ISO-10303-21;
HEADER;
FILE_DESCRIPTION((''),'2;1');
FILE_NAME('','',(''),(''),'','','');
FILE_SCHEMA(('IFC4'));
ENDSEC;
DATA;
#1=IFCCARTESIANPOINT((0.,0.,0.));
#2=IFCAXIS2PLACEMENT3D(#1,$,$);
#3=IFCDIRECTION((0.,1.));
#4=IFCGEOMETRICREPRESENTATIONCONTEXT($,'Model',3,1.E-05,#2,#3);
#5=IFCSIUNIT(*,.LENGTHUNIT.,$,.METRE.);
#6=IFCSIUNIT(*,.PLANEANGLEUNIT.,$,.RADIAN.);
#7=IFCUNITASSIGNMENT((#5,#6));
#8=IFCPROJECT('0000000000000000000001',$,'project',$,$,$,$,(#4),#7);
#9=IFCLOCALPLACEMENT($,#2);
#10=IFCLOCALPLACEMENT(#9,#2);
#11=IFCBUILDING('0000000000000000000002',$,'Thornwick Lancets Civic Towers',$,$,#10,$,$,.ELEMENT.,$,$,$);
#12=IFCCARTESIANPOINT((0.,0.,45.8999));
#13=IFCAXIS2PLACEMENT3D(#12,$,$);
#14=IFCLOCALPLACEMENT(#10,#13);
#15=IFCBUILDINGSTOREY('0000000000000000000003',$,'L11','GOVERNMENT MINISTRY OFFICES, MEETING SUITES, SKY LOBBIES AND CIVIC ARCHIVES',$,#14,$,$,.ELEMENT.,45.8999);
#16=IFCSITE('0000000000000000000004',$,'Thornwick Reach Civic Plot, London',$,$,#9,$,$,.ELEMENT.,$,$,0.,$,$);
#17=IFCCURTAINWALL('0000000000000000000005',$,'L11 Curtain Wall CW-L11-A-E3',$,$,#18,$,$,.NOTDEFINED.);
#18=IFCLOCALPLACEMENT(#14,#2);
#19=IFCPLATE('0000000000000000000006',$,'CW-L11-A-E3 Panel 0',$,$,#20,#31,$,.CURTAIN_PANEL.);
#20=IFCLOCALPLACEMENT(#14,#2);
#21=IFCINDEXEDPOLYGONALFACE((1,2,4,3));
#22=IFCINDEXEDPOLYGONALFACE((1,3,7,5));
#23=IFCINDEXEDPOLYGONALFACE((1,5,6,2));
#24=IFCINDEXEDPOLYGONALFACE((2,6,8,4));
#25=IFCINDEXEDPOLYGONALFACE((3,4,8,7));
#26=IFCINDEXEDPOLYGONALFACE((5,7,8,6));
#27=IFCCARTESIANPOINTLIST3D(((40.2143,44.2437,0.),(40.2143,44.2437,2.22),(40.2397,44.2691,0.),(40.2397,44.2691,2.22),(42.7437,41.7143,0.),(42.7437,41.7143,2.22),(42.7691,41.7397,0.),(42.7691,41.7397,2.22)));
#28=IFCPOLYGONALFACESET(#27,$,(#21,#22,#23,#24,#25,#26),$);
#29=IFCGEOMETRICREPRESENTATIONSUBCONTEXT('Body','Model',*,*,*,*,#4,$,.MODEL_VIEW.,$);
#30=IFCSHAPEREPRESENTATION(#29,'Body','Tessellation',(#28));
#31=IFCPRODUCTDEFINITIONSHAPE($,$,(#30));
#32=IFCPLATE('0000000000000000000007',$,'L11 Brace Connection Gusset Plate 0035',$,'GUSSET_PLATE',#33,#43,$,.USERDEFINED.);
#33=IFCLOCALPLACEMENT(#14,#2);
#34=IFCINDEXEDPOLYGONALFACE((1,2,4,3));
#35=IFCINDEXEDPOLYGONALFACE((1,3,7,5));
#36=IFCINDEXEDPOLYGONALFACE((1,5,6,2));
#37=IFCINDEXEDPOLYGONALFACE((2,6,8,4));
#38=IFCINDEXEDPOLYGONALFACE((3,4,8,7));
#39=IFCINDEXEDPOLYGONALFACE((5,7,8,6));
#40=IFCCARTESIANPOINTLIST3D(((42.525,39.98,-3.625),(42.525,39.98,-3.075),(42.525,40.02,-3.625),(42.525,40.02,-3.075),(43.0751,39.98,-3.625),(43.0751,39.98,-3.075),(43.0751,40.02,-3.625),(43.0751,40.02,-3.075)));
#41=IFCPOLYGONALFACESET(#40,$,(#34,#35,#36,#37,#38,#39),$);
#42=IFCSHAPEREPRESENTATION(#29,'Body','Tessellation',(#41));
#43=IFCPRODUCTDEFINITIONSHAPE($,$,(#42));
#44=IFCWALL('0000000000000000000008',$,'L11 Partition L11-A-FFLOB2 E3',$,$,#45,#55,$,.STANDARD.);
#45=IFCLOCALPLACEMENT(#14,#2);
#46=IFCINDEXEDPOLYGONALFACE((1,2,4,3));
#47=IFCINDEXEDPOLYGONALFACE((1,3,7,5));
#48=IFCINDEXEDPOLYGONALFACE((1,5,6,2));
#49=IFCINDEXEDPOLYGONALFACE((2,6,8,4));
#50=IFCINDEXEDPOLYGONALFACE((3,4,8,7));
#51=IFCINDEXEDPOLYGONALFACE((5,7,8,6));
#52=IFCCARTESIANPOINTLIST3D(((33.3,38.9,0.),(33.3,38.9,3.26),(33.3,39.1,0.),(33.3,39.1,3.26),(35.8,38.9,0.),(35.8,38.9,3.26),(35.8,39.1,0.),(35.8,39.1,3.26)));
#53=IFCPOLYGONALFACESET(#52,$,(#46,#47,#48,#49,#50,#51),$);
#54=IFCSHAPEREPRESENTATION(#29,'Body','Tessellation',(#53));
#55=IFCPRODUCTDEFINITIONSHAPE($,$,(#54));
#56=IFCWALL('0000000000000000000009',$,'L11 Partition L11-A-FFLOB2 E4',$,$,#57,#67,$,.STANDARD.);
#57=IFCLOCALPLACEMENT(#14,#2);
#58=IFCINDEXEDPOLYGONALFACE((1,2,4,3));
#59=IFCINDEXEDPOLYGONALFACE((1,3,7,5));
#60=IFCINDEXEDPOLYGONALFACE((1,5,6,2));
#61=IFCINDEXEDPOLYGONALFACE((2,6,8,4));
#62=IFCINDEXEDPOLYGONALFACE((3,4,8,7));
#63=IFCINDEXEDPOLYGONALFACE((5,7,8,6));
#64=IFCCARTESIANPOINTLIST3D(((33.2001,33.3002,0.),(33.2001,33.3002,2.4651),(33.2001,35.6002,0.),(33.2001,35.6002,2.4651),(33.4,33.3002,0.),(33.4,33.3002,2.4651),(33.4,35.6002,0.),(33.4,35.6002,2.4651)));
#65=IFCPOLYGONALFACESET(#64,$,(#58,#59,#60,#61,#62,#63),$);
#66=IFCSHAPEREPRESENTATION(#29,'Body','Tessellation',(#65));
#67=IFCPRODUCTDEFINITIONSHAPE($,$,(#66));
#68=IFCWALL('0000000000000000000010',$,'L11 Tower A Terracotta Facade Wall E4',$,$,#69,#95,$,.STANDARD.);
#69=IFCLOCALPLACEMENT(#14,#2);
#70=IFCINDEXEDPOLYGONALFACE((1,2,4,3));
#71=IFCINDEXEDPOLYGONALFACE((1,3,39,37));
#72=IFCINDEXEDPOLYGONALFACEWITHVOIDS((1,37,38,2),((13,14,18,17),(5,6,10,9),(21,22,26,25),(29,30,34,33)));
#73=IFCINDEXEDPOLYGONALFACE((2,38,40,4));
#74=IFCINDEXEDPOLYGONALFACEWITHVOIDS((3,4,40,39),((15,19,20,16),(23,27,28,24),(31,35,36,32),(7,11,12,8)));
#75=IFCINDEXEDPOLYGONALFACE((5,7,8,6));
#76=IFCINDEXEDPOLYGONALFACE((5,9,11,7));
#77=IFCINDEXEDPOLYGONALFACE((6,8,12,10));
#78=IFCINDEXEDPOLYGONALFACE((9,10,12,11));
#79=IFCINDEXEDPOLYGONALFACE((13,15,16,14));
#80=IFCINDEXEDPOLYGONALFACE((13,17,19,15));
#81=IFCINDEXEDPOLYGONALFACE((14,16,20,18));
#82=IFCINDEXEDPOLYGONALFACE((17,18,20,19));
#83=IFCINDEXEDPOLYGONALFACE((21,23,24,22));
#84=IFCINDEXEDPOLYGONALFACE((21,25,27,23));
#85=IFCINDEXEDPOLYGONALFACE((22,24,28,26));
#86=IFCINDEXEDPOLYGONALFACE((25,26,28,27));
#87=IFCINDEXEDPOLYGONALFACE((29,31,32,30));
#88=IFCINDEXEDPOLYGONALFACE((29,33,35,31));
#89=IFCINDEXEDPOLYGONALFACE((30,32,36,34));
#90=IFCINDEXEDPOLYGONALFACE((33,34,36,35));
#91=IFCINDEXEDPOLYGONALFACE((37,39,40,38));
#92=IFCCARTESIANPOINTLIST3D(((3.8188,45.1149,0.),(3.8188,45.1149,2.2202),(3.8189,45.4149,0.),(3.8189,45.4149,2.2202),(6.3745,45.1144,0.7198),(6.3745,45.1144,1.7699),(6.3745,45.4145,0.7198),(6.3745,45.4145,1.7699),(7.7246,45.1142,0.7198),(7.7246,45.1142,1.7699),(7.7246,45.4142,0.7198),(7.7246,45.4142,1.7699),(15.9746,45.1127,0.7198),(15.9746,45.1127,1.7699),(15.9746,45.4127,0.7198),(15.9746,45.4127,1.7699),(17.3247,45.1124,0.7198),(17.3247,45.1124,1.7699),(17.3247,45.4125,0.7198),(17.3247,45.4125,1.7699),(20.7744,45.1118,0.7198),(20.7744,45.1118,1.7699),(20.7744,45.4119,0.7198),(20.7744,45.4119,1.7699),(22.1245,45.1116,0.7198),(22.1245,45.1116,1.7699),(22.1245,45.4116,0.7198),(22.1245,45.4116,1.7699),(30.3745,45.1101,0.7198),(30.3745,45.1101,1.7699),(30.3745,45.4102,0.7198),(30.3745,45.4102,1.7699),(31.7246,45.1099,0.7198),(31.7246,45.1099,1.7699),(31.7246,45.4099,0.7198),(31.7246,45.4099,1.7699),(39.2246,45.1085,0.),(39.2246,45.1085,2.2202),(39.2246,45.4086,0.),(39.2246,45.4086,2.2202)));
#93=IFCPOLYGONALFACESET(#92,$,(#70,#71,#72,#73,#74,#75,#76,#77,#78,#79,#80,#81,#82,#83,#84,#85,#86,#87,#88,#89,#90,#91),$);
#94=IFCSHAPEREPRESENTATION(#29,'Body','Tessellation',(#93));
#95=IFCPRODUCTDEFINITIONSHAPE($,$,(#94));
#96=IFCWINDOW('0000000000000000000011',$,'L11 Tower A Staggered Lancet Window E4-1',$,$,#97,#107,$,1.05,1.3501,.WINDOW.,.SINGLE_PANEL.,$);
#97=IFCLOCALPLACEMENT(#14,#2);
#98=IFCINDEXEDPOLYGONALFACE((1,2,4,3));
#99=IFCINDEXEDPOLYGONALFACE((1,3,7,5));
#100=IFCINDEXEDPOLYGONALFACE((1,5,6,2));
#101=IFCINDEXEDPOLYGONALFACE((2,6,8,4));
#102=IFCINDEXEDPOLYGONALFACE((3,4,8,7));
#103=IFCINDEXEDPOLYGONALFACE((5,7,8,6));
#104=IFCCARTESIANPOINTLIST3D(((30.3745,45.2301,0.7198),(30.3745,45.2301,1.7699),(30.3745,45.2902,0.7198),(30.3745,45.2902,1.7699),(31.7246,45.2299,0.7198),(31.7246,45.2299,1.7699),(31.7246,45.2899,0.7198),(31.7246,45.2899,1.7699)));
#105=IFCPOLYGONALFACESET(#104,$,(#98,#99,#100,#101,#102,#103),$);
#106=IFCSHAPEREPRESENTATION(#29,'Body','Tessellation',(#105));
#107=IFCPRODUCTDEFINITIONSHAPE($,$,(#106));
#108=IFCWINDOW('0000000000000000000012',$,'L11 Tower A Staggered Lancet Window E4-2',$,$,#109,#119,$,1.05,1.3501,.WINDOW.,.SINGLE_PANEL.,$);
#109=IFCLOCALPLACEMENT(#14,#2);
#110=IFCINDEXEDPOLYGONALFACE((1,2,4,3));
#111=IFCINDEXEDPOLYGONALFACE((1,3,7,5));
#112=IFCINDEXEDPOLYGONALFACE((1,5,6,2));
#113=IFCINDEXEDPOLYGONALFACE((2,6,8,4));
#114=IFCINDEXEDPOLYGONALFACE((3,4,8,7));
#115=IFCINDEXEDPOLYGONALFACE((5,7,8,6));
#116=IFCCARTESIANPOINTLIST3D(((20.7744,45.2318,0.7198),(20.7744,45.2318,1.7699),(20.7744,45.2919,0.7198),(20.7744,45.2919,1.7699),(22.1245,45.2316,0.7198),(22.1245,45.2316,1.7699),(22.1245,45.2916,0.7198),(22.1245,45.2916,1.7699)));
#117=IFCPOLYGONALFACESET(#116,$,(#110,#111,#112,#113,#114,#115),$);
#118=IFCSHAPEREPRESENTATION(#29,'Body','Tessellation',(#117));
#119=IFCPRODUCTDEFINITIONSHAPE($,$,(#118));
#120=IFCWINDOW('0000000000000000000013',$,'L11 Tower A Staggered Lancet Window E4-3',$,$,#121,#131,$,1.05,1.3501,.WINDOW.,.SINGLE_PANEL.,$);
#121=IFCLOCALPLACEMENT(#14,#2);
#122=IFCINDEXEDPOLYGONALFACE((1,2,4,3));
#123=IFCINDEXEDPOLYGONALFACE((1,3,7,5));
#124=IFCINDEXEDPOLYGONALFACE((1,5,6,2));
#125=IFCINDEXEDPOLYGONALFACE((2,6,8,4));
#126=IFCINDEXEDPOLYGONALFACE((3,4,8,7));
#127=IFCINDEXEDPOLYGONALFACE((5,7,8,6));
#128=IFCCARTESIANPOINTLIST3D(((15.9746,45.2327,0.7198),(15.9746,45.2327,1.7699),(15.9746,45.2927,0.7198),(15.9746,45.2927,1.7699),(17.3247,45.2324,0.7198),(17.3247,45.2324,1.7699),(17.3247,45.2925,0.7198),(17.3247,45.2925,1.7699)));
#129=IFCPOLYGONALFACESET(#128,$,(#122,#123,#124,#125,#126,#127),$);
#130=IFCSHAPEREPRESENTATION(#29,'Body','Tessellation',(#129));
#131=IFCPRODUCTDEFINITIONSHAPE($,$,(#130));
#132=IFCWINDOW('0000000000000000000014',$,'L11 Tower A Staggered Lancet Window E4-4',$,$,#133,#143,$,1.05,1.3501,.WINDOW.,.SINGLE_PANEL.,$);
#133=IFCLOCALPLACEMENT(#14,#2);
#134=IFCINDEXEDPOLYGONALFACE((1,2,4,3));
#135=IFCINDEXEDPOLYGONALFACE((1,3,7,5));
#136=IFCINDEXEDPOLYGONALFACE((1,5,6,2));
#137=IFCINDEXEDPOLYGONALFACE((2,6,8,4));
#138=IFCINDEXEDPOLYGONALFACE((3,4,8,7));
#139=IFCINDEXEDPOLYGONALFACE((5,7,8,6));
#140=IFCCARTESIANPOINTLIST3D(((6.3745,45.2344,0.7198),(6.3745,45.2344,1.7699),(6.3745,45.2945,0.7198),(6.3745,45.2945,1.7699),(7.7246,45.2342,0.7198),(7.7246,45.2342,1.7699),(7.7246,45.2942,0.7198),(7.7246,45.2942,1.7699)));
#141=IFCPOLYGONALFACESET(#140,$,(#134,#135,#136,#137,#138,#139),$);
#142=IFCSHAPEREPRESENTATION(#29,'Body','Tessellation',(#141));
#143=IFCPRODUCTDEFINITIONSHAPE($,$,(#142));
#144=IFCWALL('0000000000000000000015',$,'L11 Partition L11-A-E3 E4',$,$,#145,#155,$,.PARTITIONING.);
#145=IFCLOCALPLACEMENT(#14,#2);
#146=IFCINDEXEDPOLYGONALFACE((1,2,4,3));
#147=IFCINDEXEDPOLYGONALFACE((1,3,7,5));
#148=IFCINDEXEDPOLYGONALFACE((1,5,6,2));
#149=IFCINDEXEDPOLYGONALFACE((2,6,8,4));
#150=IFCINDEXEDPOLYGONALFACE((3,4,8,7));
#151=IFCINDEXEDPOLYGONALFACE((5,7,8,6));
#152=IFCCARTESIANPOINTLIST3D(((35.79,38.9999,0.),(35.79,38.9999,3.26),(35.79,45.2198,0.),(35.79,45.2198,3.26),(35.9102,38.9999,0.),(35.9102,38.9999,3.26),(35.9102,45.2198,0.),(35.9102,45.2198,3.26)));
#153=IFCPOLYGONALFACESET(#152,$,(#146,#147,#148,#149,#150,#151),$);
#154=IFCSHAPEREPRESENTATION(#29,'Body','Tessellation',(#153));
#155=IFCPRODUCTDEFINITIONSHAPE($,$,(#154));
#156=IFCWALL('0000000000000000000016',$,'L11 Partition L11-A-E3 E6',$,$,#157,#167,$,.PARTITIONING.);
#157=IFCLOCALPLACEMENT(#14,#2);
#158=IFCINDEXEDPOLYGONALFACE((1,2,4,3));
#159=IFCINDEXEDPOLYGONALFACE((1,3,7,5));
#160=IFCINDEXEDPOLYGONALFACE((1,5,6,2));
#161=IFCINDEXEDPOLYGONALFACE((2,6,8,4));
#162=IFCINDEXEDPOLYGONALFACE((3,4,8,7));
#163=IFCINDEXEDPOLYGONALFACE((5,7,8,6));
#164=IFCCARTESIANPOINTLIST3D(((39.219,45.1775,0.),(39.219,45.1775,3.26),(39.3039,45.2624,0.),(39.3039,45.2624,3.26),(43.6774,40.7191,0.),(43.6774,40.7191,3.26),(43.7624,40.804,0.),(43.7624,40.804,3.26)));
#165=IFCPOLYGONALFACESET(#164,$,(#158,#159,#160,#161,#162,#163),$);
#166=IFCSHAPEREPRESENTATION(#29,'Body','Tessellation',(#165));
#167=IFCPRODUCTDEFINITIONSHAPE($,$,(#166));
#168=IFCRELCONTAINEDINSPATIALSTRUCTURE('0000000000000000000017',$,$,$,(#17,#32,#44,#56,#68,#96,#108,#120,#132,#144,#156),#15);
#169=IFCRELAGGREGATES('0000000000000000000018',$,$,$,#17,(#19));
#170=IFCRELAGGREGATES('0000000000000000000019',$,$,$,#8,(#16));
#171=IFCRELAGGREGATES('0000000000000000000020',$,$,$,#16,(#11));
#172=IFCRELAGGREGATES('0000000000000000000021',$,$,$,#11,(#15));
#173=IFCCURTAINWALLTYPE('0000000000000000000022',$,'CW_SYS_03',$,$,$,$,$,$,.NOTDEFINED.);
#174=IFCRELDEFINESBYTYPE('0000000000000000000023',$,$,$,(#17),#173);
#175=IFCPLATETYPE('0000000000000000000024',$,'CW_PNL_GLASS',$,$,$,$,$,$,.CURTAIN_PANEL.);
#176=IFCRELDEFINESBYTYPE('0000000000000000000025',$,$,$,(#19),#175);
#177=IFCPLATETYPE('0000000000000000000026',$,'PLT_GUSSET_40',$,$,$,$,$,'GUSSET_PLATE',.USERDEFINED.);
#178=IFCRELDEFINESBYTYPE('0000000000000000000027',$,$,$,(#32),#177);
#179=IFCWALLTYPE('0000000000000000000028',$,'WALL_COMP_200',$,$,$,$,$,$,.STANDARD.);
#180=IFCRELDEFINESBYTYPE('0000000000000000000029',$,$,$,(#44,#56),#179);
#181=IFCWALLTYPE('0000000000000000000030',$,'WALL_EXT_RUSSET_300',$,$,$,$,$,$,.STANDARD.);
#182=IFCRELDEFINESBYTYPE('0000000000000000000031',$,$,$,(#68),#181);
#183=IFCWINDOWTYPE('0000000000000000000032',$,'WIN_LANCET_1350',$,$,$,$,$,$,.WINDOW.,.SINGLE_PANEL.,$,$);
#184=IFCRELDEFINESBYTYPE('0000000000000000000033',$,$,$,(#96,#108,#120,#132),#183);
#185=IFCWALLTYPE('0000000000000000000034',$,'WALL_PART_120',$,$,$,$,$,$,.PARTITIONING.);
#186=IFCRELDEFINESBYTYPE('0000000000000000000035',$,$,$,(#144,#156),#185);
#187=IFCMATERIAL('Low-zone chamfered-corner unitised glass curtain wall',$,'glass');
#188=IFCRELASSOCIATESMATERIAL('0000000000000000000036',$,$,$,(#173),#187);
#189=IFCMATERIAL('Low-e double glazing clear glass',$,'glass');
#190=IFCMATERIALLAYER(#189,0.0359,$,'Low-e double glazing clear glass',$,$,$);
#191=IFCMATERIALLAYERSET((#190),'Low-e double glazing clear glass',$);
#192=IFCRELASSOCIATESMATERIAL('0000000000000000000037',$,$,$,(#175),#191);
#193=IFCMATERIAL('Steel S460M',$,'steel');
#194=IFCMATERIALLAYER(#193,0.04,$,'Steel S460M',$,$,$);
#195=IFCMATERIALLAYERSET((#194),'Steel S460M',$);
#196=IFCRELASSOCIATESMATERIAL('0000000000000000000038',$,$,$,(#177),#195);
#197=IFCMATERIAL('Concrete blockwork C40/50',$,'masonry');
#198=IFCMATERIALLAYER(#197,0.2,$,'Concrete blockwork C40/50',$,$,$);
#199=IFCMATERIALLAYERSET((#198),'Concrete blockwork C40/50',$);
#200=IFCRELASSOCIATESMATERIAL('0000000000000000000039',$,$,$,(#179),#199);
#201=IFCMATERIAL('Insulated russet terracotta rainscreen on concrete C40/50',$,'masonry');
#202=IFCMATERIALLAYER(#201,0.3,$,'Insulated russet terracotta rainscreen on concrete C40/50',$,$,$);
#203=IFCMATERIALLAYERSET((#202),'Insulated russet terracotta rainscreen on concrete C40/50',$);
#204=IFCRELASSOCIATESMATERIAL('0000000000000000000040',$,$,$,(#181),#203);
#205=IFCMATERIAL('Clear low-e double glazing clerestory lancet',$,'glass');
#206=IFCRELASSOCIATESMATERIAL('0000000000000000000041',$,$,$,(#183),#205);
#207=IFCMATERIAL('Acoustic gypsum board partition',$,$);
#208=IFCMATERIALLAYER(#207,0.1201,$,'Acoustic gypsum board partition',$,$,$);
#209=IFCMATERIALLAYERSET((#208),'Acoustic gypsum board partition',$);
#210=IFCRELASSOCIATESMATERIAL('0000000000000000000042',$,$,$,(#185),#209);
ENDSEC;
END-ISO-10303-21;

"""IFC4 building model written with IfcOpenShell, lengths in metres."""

from ifc_helpers import new_model, si_unit, direction, frame, frame_2d, origin, origin_2d, place, context, subcontext, project, spatial, rectangle, extrude, material, layer, layer_set, type_object, element, fill, aggregate, save


model = new_model("IFC4")

# Units and contexts
model_context = context("Model", 3, precision=1e-05, world=origin(), true_north=direction((0.0, 1.0)))
body_context = subcontext(model_context, "Body", "Model", "MODEL_VIEW")
ifc_project = project(units=[si_unit("LENGTHUNIT", "METRE"), si_unit("PLANEANGLEUNIT", "RADIAN")], contexts=[model_context])

# Site, building, storey
site_placement = place(None, origin())
site = spatial("IfcSite", under=ifc_project, at=site_placement, Name="Thornwick Reach Civic Plot, London", CompositionType="ELEMENT", RefElevation=0.0)
building_placement = place(site_placement, origin())
building = spatial("IfcBuilding", under=site, at=building_placement, Name="Thornwick Lancets Civic Towers", CompositionType="ELEMENT")
storey_placement = place(building_placement, frame((0.0, 0.0, 45.8999)))
storey = spatial("IfcBuildingStorey", under=building, at=storey_placement, Name="L11", Description="GOVERNMENT MINISTRY OFFICES, MEETING SUITES, SKY LOBBIES AND CIVIC ARCHIVES", CompositionType="ELEMENT", Elevation=45.8999)

# Curtain wall
ifc_material_1 = material(Name="Low-zone chamfered-corner unitised glass curtain wall", Category="glass")
curtain_wall_type = type_object("IfcCurtainWallType", Name="CW_SYS_03", PredefinedType="NOTDEFINED", material=ifc_material_1)
curtain_wall_placement = place(storey_placement, origin())
curtain_wall = element("IfcCurtainWall", 1, at=curtain_wall_placement, inside=storey, type_object=curtain_wall_type, Name="L11 Curtain Wall CW-L11-A-E3", PredefinedType="NOTDEFINED")

# Shared definitions
ifc_material_2 = material(Name="Steel S460M", Category="steel")

# Plates
ifc_material_3 = material(Name="Low-e double glazing clear glass", Category="glass")
ifc_layer_1 = layer(ifc_material_3, 0.0359, Name="Low-e double glazing clear glass")
ifc_layer_set_1 = layer_set([ifc_layer_1], Name="Low-e double glazing clear glass")
plate_type_1 = type_object("IfcPlateType", Name="CW_PNL_GLASS", PredefinedType="CURTAIN_PANEL", material=ifc_layer_set_1)
plate_1_placement = place(storey_placement, frame((41.4917, 42.9917, 0.0), z_axis=(0.0, 0.0, 1.0), x_axis=(-0.707107, 0.707107, 0.0)))
plate_1 = element("IfcPlate", 2, at=plate_1_placement, type_object=plate_type_1, Name="CW-L11-A-E3 Panel 0", PredefinedType="CURTAIN_PANEL", context=body_context, shape_type="SweptSolid", body=[
    extrude(rectangle(XDim=3.5771, YDim=0.0359, at=origin_2d()), origin(), (0.0, 0.0, 1.0), 2.22),
])
aggregate(curtain_wall, [plate_1])
ifc_layer_2 = layer(ifc_material_2, 0.04, Name="Steel S460M")
ifc_layer_set_2 = layer_set([ifc_layer_2], Name="Steel S460M")
plate_type_2 = type_object("IfcPlateType", Name="PLT_GUSSET_40", ElementType="GUSSET_PLATE", PredefinedType="USERDEFINED", material=ifc_layer_set_2)
plate_2_placement = place(storey_placement, frame((42.8, 40.0, -3.625), z_axis=(0.0, 0.0, 1.0), x_axis=(1.0, 0.0, 0.0)))
element("IfcPlate", 3, at=plate_2_placement, inside=storey, type_object=plate_type_2, Name="L11 Brace Connection Gusset Plate 0035", ObjectType="GUSSET_PLATE", PredefinedType="USERDEFINED", context=body_context, shape_type="SweptSolid", body=[
    extrude(rectangle(XDim=0.55, YDim=0.04, at=origin_2d()), origin(), (0.0, 0.0, 1.0), 0.55),
])

# Walls
ifc_material_4 = material(Name="Concrete blockwork C40/50", Category="masonry")
ifc_layer_3 = layer(ifc_material_4, 0.2, Name="Concrete blockwork C40/50")
ifc_layer_set_3 = layer_set([ifc_layer_3], Name="Concrete blockwork C40/50")
wall_type_1 = type_object("IfcWallType", Name="WALL_COMP_200", PredefinedType="STANDARD", material=ifc_layer_set_3)
wall_1_placement = place(storey_placement, frame((35.8, 39.0, 0.0), z_axis=(0.0, 0.0, 1.0), x_axis=(-1.0, 0.0, 0.0)))
element("IfcWall", 4, at=wall_1_placement, inside=storey, type_object=wall_type_1, Name="L11 Partition L11-A-FFLOB2 E3", PredefinedType="STANDARD", context=body_context, shape_type="SweptSolid", body=[
    extrude(rectangle(XDim=2.5, YDim=0.2, at=frame_2d((1.25, 0.0))), origin(), (0.0, 0.0, 1.0), 3.26),
])
wall_2_placement = place(storey_placement, frame((33.3, 35.6001, 0.0), z_axis=(0.0, 0.0, 1.0), x_axis=(0.0, -1.0, 0.0)))
element("IfcWall", 5, at=wall_2_placement, inside=storey, type_object=wall_type_1, Name="L11 Partition L11-A-FFLOB2 E4", PredefinedType="STANDARD", context=body_context, shape_type="SweptSolid", body=[
    extrude(rectangle(XDim=2.3, YDim=0.2, at=frame_2d((1.1499, 0.0))), origin(), (0.0, 0.0, 1.0), 2.4651),
])

# Wall, openings, windows
ifc_material_5 = material(Name="Insulated russet terracotta rainscreen on concrete C40/50", Category="masonry")
ifc_layer_4 = layer(ifc_material_5, 0.3, Name="Insulated russet terracotta rainscreen on concrete C40/50")
ifc_layer_set_4 = layer_set([ifc_layer_4], Name="Insulated russet terracotta rainscreen on concrete C40/50")
wall_type_2 = type_object("IfcWallType", Name="WALL_EXT_RUSSET_300", PredefinedType="STANDARD", material=ifc_layer_set_4)
wall_3_placement = place(storey_placement, frame((39.2246, 45.2585, 0.0), z_axis=(0.0, 0.0, 1.0), x_axis=(-1.0, 0.000179, 0.0)))
wall_3 = element("IfcWall", 6, at=wall_3_placement, inside=storey, type_object=wall_type_2, Name="L11 Tower A Terracotta Facade Wall E4", PredefinedType="STANDARD", context=body_context, shape_type="SweptSolid", body=[
    extrude(rectangle(XDim=35.4058, YDim=0.3, at=frame_2d((17.7029, 0.0))), origin(), (0.0, 0.0, 1.0), 2.2202),
])
opening_1_placement = place(wall_3_placement, frame((7.5, 0.0, 0.72)))
opening_1 = element("IfcOpeningElement", 7, at=opening_1_placement, cuts=wall_3, PredefinedType="OPENING", context=body_context, shape_type="SweptSolid", body=[
    extrude(rectangle(XDim=1.3501, YDim=1.05, at=frame_2d((0.675, 0.5249))), frame((0.0, 0.1602, 0.0), z_axis=(0.0, -1.0, 0.0), x_axis=(1.0, 0.0, 0.0)), (0.0, 0.0, 1.0), 0.3201),
])
opening_2_placement = place(wall_3_placement, frame((17.1001, 0.0, 0.72)))
opening_2 = element("IfcOpeningElement", 8, at=opening_2_placement, cuts=wall_3, PredefinedType="OPENING", context=body_context, shape_type="SweptSolid", body=[
    extrude(rectangle(XDim=1.3501, YDim=1.05, at=frame_2d((0.675, 0.5249))), frame((0.0, 0.1602, 0.0), z_axis=(0.0, -1.0, 0.0), x_axis=(1.0, 0.0, 0.0)), (0.0, 0.0, 1.0), 0.3201),
])
opening_3_placement = place(wall_3_placement, frame((21.8999, 0.0, 0.72)))
opening_3 = element("IfcOpeningElement", 9, at=opening_3_placement, cuts=wall_3, PredefinedType="OPENING", context=body_context, shape_type="SweptSolid", body=[
    extrude(rectangle(XDim=1.3501, YDim=1.05, at=frame_2d((0.675, 0.5249))), frame((0.0, 0.1602, 0.0), z_axis=(0.0, -1.0, 0.0), x_axis=(1.0, 0.0, 0.0)), (0.0, 0.0, 1.0), 0.3201),
])
opening_4_placement = place(wall_3_placement, frame((31.5, 0.0, 0.72)))
opening_4 = element("IfcOpeningElement", 10, at=opening_4_placement, cuts=wall_3, PredefinedType="OPENING", context=body_context, shape_type="SweptSolid", body=[
    extrude(rectangle(XDim=1.3501, YDim=1.05, at=frame_2d((0.675, 0.5249))), frame((0.0, 0.1602, 0.0), z_axis=(0.0, -1.0, 0.0), x_axis=(1.0, 0.0, 0.0)), (0.0, 0.0, 1.0), 0.3201),
])
ifc_material_6 = material(Name="Clear low-e double glazing clerestory lancet", Category="glass")
window_type = type_object("IfcWindowType", Name="WIN_LANCET_1350", PartitioningType="SINGLE_PANEL", PredefinedType="WINDOW", material=ifc_material_6)
window_1_placement = place(opening_1_placement, origin())
window_1 = element("IfcWindow", 11, at=window_1_placement, inside=storey, type_object=window_type, Name="L11 Tower A Staggered Lancet Window E4-1", OverallHeight=1.05, OverallWidth=1.3501, PartitioningType="SINGLE_PANEL", PredefinedType="WINDOW", context=body_context, shape_type="SweptSolid", body=[
    extrude(rectangle(XDim=1.3501, YDim=1.05, at=frame_2d((0.675, 0.5249))), frame((0.0, 0.03, 0.0), z_axis=(0.0, -1.0, 0.0), x_axis=(1.0, 0.0, 0.0)), (0.0, 0.0, 1.0), 0.0601),
])
fill(opening_1, window_1)
window_2_placement = place(opening_2_placement, origin())
window_2 = element("IfcWindow", 12, at=window_2_placement, inside=storey, type_object=window_type, Name="L11 Tower A Staggered Lancet Window E4-2", OverallHeight=1.05, OverallWidth=1.3501, PartitioningType="SINGLE_PANEL", PredefinedType="WINDOW", context=body_context, shape_type="SweptSolid", body=[
    extrude(rectangle(XDim=1.3501, YDim=1.05, at=frame_2d((0.675, 0.5249))), frame((0.0, 0.03, 0.0), z_axis=(0.0, -1.0, 0.0), x_axis=(1.0, 0.0, 0.0)), (0.0, 0.0, 1.0), 0.0601),
])
fill(opening_2, window_2)
window_3_placement = place(opening_3_placement, origin())
window_3 = element("IfcWindow", 13, at=window_3_placement, inside=storey, type_object=window_type, Name="L11 Tower A Staggered Lancet Window E4-3", OverallHeight=1.05, OverallWidth=1.3501, PartitioningType="SINGLE_PANEL", PredefinedType="WINDOW", context=body_context, shape_type="SweptSolid", body=[
    extrude(rectangle(XDim=1.3501, YDim=1.05, at=frame_2d((0.675, 0.5249))), frame((0.0, 0.03, 0.0), z_axis=(0.0, -1.0, 0.0), x_axis=(1.0, 0.0, 0.0)), (0.0, 0.0, 1.0), 0.0601),
])
fill(opening_3, window_3)
window_4_placement = place(opening_4_placement, origin())
window_4 = element("IfcWindow", 14, at=window_4_placement, inside=storey, type_object=window_type, Name="L11 Tower A Staggered Lancet Window E4-4", OverallHeight=1.05, OverallWidth=1.3501, PartitioningType="SINGLE_PANEL", PredefinedType="WINDOW", context=body_context, shape_type="SweptSolid", body=[
    extrude(rectangle(XDim=1.3501, YDim=1.05, at=frame_2d((0.675, 0.5249))), frame((0.0, 0.03, 0.0), z_axis=(0.0, -1.0, 0.0), x_axis=(1.0, 0.0, 0.0)), (0.0, 0.0, 1.0), 0.0601),
])
fill(opening_4, window_4)

# Walls
ifc_material_7 = material(Name="Acoustic gypsum board partition")
ifc_layer_5 = layer(ifc_material_7, 0.1201, Name="Acoustic gypsum board partition")
ifc_layer_set_5 = layer_set([ifc_layer_5], Name="Acoustic gypsum board partition")
wall_type_3 = type_object("IfcWallType", Name="WALL_PART_120", PredefinedType="PARTITIONING", material=ifc_layer_set_5)
wall_4_placement = place(storey_placement, frame((35.8501, 39.0, 0.0), z_axis=(0.0, 0.0, 1.0), x_axis=(0.0, 1.0, 0.0)))
element("IfcWall", 15, at=wall_4_placement, inside=storey, type_object=wall_type_3, Name="L11 Partition L11-A-E3 E4", PredefinedType="PARTITIONING", context=body_context, shape_type="SweptSolid", body=[
    extrude(rectangle(XDim=6.22, YDim=0.1201, at=frame_2d((3.1099, 0.0))), origin(), (0.0, 0.0, 1.0), 3.26),
])
wall_5_placement = place(storey_placement, frame((39.2615, 45.22, 0.0), z_axis=(0.0, 0.0, 1.0), x_axis=(0.707107, -0.707107, 0.0)))
element("IfcWall", 16, at=wall_5_placement, inside=storey, type_object=wall_type_3, Name="L11 Partition L11-A-E3 E6", PredefinedType="PARTITIONING", context=body_context, shape_type="SweptSolid", body=[
    extrude(rectangle(XDim=6.3052, YDim=0.1201, at=frame_2d((3.1526, 0.0))), origin(), (0.0, 0.0, 1.0), 3.26),
])

save(model, "model.ifc")
